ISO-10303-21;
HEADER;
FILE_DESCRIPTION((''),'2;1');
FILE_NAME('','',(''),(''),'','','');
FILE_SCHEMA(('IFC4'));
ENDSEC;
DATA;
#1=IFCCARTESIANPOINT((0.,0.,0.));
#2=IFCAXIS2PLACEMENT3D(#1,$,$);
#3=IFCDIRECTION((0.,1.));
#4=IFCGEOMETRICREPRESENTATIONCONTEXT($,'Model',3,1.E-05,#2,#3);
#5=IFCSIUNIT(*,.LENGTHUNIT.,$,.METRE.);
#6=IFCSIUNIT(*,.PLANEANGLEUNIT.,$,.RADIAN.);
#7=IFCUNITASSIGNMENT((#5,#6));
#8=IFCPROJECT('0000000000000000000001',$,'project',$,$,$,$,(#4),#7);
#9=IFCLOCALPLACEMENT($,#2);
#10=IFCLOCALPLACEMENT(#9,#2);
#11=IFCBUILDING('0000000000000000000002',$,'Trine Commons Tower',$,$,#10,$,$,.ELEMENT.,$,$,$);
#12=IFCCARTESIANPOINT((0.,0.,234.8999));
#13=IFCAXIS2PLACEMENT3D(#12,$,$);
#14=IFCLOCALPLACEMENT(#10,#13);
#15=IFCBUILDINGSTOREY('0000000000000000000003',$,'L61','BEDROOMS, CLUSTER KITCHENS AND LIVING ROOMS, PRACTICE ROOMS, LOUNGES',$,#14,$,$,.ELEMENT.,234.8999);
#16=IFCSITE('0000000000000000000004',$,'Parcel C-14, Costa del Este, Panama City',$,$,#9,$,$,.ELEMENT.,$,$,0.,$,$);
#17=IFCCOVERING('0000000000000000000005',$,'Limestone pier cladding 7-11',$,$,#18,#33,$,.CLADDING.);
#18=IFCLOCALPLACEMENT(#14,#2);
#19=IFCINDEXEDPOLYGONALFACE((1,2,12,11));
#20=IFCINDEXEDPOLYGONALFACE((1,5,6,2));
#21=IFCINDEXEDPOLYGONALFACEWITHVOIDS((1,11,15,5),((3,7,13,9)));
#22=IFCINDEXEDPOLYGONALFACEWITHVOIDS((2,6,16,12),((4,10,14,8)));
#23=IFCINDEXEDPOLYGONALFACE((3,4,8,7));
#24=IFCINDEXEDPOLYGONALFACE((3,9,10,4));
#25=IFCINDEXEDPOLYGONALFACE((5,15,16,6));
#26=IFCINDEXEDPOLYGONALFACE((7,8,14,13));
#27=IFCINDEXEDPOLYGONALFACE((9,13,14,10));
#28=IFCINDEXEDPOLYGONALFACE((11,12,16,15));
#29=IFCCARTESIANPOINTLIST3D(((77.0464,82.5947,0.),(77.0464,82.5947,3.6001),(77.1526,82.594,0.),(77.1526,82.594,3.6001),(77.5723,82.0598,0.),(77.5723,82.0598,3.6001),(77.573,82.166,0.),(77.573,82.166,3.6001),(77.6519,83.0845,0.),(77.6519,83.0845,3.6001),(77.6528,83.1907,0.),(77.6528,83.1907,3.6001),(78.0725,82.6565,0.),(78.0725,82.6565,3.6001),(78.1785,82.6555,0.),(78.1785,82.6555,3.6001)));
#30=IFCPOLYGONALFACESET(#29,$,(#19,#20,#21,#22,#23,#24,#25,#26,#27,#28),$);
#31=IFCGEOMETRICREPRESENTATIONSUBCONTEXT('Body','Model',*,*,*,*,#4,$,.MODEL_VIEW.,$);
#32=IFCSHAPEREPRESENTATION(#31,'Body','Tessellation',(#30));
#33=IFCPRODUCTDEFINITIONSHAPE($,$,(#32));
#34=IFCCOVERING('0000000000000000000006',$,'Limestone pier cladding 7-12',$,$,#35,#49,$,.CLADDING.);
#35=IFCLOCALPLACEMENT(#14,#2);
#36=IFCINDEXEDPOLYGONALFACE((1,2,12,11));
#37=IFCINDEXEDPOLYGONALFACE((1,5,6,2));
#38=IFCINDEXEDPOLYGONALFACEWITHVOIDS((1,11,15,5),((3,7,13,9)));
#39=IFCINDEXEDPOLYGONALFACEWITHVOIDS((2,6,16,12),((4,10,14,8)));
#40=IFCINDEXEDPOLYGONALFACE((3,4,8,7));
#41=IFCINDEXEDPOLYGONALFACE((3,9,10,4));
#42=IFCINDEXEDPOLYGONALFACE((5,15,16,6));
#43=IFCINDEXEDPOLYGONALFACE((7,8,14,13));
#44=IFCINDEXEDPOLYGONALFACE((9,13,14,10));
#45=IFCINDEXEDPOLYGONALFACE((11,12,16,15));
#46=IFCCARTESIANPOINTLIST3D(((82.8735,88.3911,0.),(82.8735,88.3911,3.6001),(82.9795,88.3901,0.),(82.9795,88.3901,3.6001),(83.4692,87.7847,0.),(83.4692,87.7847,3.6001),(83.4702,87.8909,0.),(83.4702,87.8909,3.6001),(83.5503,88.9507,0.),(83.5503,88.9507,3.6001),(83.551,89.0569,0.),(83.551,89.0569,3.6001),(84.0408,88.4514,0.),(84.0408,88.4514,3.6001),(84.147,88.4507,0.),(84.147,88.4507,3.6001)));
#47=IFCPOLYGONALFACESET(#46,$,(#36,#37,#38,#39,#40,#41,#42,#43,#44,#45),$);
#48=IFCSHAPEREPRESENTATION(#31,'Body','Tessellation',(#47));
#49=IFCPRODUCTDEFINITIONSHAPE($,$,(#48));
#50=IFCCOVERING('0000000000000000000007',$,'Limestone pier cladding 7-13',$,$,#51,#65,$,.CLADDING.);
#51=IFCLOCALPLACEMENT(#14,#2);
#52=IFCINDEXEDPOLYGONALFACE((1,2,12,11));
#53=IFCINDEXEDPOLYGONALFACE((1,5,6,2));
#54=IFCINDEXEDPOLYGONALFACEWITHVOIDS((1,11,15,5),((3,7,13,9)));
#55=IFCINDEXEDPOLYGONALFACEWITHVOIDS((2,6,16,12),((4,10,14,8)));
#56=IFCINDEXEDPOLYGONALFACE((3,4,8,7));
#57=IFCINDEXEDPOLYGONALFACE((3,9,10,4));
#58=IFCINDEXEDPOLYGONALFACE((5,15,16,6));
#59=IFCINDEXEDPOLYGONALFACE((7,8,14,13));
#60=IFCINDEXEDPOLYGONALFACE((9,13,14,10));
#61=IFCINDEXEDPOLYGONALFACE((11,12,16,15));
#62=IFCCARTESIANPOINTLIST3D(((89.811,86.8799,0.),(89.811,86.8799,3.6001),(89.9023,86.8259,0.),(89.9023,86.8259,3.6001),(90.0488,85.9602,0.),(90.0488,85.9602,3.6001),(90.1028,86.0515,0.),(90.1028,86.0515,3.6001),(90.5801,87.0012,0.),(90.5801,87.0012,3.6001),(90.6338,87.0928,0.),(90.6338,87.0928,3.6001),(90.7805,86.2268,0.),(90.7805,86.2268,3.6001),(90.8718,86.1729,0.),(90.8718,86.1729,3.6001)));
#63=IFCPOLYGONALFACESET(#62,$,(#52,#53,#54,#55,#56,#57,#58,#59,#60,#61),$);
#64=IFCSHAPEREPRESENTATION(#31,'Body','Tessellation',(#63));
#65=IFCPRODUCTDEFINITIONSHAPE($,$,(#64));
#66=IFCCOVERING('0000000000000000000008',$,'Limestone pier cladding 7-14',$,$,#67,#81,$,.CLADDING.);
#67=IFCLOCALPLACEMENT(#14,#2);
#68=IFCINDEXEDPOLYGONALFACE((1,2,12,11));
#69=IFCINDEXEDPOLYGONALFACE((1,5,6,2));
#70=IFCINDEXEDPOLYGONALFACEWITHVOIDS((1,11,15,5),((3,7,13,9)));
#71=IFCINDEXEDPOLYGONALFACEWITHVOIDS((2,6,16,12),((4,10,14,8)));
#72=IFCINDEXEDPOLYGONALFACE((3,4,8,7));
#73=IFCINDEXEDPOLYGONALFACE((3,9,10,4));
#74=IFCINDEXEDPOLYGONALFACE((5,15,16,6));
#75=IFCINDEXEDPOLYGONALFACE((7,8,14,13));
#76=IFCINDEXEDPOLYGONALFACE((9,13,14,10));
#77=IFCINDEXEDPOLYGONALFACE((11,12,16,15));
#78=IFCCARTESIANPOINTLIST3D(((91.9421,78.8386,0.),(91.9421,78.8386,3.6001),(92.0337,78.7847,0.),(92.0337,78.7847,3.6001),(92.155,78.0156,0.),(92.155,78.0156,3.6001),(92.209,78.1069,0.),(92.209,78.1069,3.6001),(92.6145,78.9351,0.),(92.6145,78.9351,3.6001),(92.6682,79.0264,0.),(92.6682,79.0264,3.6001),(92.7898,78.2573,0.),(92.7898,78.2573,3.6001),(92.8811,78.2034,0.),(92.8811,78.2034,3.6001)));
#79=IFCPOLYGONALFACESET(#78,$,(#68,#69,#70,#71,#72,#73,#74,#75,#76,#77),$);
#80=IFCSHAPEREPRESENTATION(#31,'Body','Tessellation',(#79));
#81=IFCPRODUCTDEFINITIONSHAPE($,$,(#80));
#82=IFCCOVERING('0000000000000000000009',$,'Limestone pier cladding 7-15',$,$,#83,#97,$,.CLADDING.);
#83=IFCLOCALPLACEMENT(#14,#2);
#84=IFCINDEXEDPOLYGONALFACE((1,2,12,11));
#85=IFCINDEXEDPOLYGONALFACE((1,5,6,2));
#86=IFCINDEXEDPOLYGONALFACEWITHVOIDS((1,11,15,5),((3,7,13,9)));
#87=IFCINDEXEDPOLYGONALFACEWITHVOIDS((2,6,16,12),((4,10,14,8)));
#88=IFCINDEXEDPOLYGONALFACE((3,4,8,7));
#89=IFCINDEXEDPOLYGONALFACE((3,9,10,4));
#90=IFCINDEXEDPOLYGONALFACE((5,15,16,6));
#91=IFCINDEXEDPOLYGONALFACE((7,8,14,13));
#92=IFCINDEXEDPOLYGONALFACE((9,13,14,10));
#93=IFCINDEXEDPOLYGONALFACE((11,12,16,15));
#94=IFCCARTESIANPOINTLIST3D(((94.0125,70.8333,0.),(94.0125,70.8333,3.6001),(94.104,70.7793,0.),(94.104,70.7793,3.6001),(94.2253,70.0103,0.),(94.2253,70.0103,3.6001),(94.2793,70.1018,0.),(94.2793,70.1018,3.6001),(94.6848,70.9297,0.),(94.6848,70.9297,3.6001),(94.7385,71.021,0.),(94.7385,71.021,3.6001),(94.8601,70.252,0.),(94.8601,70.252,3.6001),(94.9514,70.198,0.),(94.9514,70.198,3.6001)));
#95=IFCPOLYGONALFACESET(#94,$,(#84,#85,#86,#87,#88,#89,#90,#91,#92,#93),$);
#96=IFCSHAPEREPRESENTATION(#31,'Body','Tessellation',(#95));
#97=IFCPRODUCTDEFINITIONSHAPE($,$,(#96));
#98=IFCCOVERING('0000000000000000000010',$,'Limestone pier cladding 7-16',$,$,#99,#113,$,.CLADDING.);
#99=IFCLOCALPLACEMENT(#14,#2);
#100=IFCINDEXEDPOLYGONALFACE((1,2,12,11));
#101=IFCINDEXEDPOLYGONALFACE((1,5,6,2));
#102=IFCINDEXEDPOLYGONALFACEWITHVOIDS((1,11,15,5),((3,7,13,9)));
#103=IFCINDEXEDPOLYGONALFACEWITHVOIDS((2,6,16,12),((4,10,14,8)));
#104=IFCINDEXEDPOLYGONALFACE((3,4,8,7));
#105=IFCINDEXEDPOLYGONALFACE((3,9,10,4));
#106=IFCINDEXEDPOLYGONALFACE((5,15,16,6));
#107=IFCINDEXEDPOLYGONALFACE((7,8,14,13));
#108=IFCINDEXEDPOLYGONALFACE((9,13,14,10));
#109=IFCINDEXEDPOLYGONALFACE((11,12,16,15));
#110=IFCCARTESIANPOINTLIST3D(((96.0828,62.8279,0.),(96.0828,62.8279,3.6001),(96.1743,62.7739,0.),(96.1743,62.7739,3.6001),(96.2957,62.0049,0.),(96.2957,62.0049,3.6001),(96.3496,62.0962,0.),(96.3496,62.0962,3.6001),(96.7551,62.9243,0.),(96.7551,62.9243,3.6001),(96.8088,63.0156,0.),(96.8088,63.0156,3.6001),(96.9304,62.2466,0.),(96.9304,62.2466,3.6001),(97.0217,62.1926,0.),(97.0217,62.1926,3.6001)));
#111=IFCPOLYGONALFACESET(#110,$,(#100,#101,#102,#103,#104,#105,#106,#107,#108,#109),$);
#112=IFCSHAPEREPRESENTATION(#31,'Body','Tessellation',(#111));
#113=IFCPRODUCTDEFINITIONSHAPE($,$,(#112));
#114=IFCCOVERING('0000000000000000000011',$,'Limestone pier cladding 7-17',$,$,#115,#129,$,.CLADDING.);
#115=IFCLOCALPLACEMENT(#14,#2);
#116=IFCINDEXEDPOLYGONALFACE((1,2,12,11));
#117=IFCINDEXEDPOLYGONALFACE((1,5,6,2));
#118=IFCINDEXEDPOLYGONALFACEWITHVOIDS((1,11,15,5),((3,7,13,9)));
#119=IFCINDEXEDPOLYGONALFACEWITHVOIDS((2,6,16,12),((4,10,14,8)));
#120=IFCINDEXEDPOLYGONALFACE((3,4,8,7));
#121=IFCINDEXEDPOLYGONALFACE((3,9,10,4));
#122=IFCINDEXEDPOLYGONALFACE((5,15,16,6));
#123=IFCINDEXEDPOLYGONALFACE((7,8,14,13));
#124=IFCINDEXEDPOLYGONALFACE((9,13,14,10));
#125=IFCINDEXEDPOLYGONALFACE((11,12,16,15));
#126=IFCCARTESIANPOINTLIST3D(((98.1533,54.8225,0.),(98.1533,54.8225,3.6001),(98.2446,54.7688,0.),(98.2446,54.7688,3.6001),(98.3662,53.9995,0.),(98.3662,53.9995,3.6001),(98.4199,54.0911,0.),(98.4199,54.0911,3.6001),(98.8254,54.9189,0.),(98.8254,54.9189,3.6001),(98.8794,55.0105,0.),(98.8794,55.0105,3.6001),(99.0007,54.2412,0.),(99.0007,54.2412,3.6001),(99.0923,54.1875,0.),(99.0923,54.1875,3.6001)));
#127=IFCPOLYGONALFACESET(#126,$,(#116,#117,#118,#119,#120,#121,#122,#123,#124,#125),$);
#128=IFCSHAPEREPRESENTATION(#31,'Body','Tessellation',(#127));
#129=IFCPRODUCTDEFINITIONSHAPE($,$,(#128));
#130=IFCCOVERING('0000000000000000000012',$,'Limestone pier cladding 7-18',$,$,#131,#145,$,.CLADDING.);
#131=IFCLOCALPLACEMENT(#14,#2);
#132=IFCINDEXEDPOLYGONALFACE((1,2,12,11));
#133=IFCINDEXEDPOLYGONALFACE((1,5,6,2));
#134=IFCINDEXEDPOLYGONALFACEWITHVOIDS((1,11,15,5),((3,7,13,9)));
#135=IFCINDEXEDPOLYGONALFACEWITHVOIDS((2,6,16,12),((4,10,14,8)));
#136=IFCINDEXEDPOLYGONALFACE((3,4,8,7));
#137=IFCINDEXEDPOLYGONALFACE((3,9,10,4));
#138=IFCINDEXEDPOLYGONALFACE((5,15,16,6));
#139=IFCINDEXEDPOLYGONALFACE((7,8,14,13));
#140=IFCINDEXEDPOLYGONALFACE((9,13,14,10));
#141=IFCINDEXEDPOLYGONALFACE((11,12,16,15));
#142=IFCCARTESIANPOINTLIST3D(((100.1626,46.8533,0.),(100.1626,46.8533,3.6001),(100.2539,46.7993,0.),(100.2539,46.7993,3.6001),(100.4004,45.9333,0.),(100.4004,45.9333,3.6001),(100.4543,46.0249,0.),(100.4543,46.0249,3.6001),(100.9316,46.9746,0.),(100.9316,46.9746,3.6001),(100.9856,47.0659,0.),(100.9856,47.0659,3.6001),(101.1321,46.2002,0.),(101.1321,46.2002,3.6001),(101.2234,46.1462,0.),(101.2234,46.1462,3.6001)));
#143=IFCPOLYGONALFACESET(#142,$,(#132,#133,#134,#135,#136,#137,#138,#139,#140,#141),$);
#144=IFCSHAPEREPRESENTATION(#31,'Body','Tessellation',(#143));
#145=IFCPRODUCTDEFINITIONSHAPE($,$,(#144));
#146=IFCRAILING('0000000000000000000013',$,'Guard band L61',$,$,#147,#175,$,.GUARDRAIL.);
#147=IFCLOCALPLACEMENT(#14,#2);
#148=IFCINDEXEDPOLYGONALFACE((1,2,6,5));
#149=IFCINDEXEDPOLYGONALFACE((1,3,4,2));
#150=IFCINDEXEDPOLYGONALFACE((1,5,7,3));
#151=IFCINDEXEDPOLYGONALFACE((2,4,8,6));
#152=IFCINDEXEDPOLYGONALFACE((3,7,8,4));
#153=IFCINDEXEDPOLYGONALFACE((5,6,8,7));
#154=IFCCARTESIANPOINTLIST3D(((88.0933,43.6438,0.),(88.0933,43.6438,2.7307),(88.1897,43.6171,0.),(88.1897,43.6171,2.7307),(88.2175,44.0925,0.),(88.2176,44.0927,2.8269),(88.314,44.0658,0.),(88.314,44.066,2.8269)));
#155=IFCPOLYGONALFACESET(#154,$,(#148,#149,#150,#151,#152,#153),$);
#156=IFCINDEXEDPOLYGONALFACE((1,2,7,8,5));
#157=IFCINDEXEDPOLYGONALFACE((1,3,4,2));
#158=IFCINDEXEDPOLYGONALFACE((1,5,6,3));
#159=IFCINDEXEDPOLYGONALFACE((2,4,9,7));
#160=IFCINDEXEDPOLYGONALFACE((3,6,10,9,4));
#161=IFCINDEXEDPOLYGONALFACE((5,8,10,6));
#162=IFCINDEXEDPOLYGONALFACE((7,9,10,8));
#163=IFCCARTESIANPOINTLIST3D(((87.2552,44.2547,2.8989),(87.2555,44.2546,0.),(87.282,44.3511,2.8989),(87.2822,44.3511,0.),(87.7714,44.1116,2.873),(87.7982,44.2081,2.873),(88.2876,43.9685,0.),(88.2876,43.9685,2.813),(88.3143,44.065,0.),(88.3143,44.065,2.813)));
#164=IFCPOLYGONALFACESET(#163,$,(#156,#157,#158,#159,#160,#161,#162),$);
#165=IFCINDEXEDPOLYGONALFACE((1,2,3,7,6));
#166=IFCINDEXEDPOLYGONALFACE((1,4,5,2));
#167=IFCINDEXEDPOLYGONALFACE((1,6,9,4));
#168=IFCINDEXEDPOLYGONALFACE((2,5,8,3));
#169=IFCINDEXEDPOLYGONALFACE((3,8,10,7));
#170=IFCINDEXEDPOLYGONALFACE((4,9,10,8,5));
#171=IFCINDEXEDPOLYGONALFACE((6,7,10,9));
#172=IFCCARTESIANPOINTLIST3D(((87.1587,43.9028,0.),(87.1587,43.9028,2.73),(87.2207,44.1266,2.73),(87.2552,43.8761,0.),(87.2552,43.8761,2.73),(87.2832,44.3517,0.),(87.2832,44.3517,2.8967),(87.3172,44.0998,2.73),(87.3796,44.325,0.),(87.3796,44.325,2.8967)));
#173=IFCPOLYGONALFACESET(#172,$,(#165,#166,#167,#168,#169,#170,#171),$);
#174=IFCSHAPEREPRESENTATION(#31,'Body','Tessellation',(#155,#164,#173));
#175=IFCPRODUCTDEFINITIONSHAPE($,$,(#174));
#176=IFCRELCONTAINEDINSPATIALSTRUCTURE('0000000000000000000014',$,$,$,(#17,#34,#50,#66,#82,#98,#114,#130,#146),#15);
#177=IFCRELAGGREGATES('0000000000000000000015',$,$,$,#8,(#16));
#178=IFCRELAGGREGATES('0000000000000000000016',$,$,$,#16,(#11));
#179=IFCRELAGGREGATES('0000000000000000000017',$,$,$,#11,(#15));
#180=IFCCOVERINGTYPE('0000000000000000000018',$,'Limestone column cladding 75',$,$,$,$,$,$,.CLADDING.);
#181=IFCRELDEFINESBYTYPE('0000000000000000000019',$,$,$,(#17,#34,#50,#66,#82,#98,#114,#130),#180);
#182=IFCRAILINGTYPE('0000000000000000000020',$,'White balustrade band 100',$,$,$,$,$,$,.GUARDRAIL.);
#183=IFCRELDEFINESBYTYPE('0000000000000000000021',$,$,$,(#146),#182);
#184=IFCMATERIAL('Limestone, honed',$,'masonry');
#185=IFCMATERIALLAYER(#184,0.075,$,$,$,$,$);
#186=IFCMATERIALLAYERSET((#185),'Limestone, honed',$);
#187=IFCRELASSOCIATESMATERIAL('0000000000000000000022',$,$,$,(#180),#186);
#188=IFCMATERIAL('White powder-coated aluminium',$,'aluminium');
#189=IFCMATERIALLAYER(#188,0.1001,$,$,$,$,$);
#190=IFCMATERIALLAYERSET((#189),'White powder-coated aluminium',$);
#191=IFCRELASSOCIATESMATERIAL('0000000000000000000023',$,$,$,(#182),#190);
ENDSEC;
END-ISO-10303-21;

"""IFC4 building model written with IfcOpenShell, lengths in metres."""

from ifc_helpers import new_model, si_unit, direction, frame, origin, place, context, subcontext, project, spatial, polyline, outline, extrude, material, layer, layer_set, type_object, element, save


model = new_model("IFC4")

# Units and contexts
model_context = context("Model", 3, precision=1e-05, world=origin(), true_north=direction((0.0, 1.0)))
body_context = subcontext(model_context, "Body", "Model", "MODEL_VIEW")
ifc_project = project(units=[si_unit("LENGTHUNIT", "METRE"), si_unit("PLANEANGLEUNIT", "RADIAN")], contexts=[model_context])

# Site, building, storey
site_placement = place(None, origin())
site = spatial("IfcSite", under=ifc_project, at=site_placement, Name="Parcel C-14, Costa del Este, Panama City", CompositionType="ELEMENT", RefElevation=0.0)
building_placement = place(site_placement, origin())
building = spatial("IfcBuilding", under=site, at=building_placement, Name="Trine Commons Tower", CompositionType="ELEMENT")
storey_placement = place(building_placement, frame((0.0, 0.0, 234.8999)))
storey = spatial("IfcBuildingStorey", under=building, at=storey_placement, Name="L61", Description="BEDROOMS, CLUSTER KITCHENS AND LIVING ROOMS, PRACTICE ROOMS, LOUNGES", CompositionType="ELEMENT", Elevation=234.8999)

# Coverings
ifc_material_1 = material(Name="Limestone, honed", Category="masonry")
ifc_layer_1 = layer(ifc_material_1, 0.075)
ifc_layer_set_1 = layer_set([ifc_layer_1], Name="Limestone, honed")
covering_type = type_object("IfcCoveringType", Name="Limestone column cladding 75", PredefinedType="CLADDING", material=ifc_layer_set_1)
covering_1_placement = place(storey_placement, origin())
element("IfcCovering", 1, at=covering_1_placement, inside=storey, type_object=covering_type, Name="Limestone pier cladding 7-11", PredefinedType="CLADDING", context=body_context, shape_type="SweptSolid", body=[
    extrude(outline(polyline([(78.1785, 82.6555), (77.6528, 83.1907), (77.0464, 82.5947), (77.5723, 82.0598), (78.1785, 82.6555)]), holes=[polyline([(78.0725, 82.6565), (77.6519, 83.0845), (77.1526, 82.594), (77.573, 82.166), (78.0725, 82.6565)])]), origin(), (0.0, 0.0, 1.0), 3.6001),
])
covering_2_placement = place(storey_placement, origin())
element("IfcCovering", 2, at=covering_2_placement, inside=storey, type_object=covering_type, Name="Limestone pier cladding 7-12", PredefinedType="CLADDING", context=body_context, shape_type="SweptSolid", body=[
    extrude(outline(polyline([(84.147, 88.4507), (83.551, 89.0569), (82.8735, 88.3911), (83.4692, 87.7847), (84.147, 88.4507)]), holes=[polyline([(84.0408, 88.4514), (83.5503, 88.9507), (82.9795, 88.3901), (83.4702, 87.8909), (84.0408, 88.4514)])]), origin(), (0.0, 0.0, 1.0), 3.6001),
])
covering_3_placement = place(storey_placement, origin())
element("IfcCovering", 3, at=covering_3_placement, inside=storey, type_object=covering_type, Name="Limestone pier cladding 7-13", PredefinedType="CLADDING", context=body_context, shape_type="SweptSolid", body=[
    extrude(outline(polyline([(90.6338, 87.0928), (89.811, 86.8799), (90.0488, 85.9602), (90.8718, 86.1729), (90.6338, 87.0928)]), holes=[polyline([(90.5801, 87.0012), (89.9023, 86.8259), (90.1028, 86.0515), (90.7805, 86.2268), (90.5801, 87.0012)])]), origin(), (0.0, 0.0, 1.0), 3.6001),
])
covering_4_placement = place(storey_placement, origin())
element("IfcCovering", 4, at=covering_4_placement, inside=storey, type_object=covering_type, Name="Limestone pier cladding 7-14", PredefinedType="CLADDING", context=body_context, shape_type="SweptSolid", body=[
    extrude(outline(polyline([(92.6682, 79.0264), (91.9421, 78.8386), (92.155, 78.0156), (92.8811, 78.2034), (92.6682, 79.0264)]), holes=[polyline([(92.6145, 78.9351), (92.0337, 78.7847), (92.209, 78.1069), (92.7898, 78.2573), (92.6145, 78.9351)])]), origin(), (0.0, 0.0, 1.0), 3.6001),
])
covering_5_placement = place(storey_placement, origin())
element("IfcCovering", 5, at=covering_5_placement, inside=storey, type_object=covering_type, Name="Limestone pier cladding 7-15", PredefinedType="CLADDING", context=body_context, shape_type="SweptSolid", body=[
    extrude(outline(polyline([(94.7385, 71.021), (94.0125, 70.8333), (94.2253, 70.0103), (94.9514, 70.198), (94.7385, 71.021)]), holes=[polyline([(94.6848, 70.9297), (94.104, 70.7793), (94.2793, 70.1018), (94.8601, 70.252), (94.6848, 70.9297)])]), origin(), (0.0, 0.0, 1.0), 3.6001),
])
covering_6_placement = place(storey_placement, origin())
element("IfcCovering", 6, at=covering_6_placement, inside=storey, type_object=covering_type, Name="Limestone pier cladding 7-16", PredefinedType="CLADDING", context=body_context, shape_type="SweptSolid", body=[
    extrude(outline(polyline([(96.8088, 63.0156), (96.0828, 62.8279), (96.2957, 62.0049), (97.0217, 62.1926), (96.8088, 63.0156)]), holes=[polyline([(96.7551, 62.9243), (96.1743, 62.7739), (96.3496, 62.0962), (96.9304, 62.2466), (96.7551, 62.9243)])]), origin(), (0.0, 0.0, 1.0), 3.6001),
])
covering_7_placement = place(storey_placement, origin())
element("IfcCovering", 7, at=covering_7_placement, inside=storey, type_object=covering_type, Name="Limestone pier cladding 7-17", PredefinedType="CLADDING", context=body_context, shape_type="SweptSolid", body=[
    extrude(outline(polyline([(98.8794, 55.0105), (98.1533, 54.8225), (98.3662, 53.9995), (99.0923, 54.1875), (98.8794, 55.0105)]), holes=[polyline([(98.8254, 54.9189), (98.2446, 54.7688), (98.4199, 54.0911), (99.0007, 54.2412), (98.8254, 54.9189)])]), origin(), (0.0, 0.0, 1.0), 3.6001),
])
covering_8_placement = place(storey_placement, origin())
element("IfcCovering", 8, at=covering_8_placement, inside=storey, type_object=covering_type, Name="Limestone pier cladding 7-18", PredefinedType="CLADDING", context=body_context, shape_type="SweptSolid", body=[
    extrude(outline(polyline([(100.9856, 47.0659), (100.1626, 46.8533), (100.4004, 45.9333), (101.2234, 46.1462), (100.9856, 47.0659)]), holes=[polyline([(100.9316, 46.9746), (100.2539, 46.7993), (100.4543, 46.0249), (101.1321, 46.2002), (100.9316, 46.9746)])]), origin(), (0.0, 0.0, 1.0), 3.6001),
])

# Railing
ifc_material_2 = material(Name="White powder-coated aluminium", Category="aluminium")
ifc_layer_2 = layer(ifc_material_2, 0.1001)
ifc_layer_set_2 = layer_set([ifc_layer_2], Name="White powder-coated aluminium")
railing_type = type_object("IfcRailingType", Name="White balustrade band 100", PredefinedType="GUARDRAIL", material=ifc_layer_set_2)
railing_1_placement = place(storey_placement, origin())
element("IfcRailing", 9, at=railing_1_placement, inside=storey, type_object=railing_type, Name="Guard band L61", PredefinedType="GUARDRAIL", context=body_context, shape_type="SweptSolid", body=[
    extrude(outline(polyline([(0.0, 0.0), (0.4656, 0.0), (0.4658, 2.8269), (0.4658, 2.8269), (0.0, 2.7307), (0.0, 0.0)])), frame((88.0933, 43.6438, 0.0), z_axis=(0.963728, -0.266887, 0.0), x_axis=(0.266887, 0.963728, 0.0)), (0.0, 0.0, 1.0), 0.1001),
    extrude(outline(polyline([(0.0, 0.0), (1.071, 0.0), (1.0713, 2.8989), (0.5356, 2.873), (0.0, 2.813), (0.0, 0.0)])), frame((88.2876, 43.9685, 0.0), z_axis=(0.267127, 0.963661, 0.0), x_axis=(-0.963661, 0.267127, 0.0)), (0.0, 0.0, 1.0), 0.1001),
    extrude(outline(polyline([(0.0, 0.0), (0.4658, 0.0), (0.4658, 2.73), (0.2336, 2.73), (0.0, 2.8967), (0.0, 0.0)])), frame((87.3796, 44.325, 0.0), z_axis=(-0.96363, 0.267238, 0.0), x_axis=(-0.267238, -0.96363, 0.0)), (0.0, 0.0, 1.0), 0.1001),
])

save(model, "model.ifc")
